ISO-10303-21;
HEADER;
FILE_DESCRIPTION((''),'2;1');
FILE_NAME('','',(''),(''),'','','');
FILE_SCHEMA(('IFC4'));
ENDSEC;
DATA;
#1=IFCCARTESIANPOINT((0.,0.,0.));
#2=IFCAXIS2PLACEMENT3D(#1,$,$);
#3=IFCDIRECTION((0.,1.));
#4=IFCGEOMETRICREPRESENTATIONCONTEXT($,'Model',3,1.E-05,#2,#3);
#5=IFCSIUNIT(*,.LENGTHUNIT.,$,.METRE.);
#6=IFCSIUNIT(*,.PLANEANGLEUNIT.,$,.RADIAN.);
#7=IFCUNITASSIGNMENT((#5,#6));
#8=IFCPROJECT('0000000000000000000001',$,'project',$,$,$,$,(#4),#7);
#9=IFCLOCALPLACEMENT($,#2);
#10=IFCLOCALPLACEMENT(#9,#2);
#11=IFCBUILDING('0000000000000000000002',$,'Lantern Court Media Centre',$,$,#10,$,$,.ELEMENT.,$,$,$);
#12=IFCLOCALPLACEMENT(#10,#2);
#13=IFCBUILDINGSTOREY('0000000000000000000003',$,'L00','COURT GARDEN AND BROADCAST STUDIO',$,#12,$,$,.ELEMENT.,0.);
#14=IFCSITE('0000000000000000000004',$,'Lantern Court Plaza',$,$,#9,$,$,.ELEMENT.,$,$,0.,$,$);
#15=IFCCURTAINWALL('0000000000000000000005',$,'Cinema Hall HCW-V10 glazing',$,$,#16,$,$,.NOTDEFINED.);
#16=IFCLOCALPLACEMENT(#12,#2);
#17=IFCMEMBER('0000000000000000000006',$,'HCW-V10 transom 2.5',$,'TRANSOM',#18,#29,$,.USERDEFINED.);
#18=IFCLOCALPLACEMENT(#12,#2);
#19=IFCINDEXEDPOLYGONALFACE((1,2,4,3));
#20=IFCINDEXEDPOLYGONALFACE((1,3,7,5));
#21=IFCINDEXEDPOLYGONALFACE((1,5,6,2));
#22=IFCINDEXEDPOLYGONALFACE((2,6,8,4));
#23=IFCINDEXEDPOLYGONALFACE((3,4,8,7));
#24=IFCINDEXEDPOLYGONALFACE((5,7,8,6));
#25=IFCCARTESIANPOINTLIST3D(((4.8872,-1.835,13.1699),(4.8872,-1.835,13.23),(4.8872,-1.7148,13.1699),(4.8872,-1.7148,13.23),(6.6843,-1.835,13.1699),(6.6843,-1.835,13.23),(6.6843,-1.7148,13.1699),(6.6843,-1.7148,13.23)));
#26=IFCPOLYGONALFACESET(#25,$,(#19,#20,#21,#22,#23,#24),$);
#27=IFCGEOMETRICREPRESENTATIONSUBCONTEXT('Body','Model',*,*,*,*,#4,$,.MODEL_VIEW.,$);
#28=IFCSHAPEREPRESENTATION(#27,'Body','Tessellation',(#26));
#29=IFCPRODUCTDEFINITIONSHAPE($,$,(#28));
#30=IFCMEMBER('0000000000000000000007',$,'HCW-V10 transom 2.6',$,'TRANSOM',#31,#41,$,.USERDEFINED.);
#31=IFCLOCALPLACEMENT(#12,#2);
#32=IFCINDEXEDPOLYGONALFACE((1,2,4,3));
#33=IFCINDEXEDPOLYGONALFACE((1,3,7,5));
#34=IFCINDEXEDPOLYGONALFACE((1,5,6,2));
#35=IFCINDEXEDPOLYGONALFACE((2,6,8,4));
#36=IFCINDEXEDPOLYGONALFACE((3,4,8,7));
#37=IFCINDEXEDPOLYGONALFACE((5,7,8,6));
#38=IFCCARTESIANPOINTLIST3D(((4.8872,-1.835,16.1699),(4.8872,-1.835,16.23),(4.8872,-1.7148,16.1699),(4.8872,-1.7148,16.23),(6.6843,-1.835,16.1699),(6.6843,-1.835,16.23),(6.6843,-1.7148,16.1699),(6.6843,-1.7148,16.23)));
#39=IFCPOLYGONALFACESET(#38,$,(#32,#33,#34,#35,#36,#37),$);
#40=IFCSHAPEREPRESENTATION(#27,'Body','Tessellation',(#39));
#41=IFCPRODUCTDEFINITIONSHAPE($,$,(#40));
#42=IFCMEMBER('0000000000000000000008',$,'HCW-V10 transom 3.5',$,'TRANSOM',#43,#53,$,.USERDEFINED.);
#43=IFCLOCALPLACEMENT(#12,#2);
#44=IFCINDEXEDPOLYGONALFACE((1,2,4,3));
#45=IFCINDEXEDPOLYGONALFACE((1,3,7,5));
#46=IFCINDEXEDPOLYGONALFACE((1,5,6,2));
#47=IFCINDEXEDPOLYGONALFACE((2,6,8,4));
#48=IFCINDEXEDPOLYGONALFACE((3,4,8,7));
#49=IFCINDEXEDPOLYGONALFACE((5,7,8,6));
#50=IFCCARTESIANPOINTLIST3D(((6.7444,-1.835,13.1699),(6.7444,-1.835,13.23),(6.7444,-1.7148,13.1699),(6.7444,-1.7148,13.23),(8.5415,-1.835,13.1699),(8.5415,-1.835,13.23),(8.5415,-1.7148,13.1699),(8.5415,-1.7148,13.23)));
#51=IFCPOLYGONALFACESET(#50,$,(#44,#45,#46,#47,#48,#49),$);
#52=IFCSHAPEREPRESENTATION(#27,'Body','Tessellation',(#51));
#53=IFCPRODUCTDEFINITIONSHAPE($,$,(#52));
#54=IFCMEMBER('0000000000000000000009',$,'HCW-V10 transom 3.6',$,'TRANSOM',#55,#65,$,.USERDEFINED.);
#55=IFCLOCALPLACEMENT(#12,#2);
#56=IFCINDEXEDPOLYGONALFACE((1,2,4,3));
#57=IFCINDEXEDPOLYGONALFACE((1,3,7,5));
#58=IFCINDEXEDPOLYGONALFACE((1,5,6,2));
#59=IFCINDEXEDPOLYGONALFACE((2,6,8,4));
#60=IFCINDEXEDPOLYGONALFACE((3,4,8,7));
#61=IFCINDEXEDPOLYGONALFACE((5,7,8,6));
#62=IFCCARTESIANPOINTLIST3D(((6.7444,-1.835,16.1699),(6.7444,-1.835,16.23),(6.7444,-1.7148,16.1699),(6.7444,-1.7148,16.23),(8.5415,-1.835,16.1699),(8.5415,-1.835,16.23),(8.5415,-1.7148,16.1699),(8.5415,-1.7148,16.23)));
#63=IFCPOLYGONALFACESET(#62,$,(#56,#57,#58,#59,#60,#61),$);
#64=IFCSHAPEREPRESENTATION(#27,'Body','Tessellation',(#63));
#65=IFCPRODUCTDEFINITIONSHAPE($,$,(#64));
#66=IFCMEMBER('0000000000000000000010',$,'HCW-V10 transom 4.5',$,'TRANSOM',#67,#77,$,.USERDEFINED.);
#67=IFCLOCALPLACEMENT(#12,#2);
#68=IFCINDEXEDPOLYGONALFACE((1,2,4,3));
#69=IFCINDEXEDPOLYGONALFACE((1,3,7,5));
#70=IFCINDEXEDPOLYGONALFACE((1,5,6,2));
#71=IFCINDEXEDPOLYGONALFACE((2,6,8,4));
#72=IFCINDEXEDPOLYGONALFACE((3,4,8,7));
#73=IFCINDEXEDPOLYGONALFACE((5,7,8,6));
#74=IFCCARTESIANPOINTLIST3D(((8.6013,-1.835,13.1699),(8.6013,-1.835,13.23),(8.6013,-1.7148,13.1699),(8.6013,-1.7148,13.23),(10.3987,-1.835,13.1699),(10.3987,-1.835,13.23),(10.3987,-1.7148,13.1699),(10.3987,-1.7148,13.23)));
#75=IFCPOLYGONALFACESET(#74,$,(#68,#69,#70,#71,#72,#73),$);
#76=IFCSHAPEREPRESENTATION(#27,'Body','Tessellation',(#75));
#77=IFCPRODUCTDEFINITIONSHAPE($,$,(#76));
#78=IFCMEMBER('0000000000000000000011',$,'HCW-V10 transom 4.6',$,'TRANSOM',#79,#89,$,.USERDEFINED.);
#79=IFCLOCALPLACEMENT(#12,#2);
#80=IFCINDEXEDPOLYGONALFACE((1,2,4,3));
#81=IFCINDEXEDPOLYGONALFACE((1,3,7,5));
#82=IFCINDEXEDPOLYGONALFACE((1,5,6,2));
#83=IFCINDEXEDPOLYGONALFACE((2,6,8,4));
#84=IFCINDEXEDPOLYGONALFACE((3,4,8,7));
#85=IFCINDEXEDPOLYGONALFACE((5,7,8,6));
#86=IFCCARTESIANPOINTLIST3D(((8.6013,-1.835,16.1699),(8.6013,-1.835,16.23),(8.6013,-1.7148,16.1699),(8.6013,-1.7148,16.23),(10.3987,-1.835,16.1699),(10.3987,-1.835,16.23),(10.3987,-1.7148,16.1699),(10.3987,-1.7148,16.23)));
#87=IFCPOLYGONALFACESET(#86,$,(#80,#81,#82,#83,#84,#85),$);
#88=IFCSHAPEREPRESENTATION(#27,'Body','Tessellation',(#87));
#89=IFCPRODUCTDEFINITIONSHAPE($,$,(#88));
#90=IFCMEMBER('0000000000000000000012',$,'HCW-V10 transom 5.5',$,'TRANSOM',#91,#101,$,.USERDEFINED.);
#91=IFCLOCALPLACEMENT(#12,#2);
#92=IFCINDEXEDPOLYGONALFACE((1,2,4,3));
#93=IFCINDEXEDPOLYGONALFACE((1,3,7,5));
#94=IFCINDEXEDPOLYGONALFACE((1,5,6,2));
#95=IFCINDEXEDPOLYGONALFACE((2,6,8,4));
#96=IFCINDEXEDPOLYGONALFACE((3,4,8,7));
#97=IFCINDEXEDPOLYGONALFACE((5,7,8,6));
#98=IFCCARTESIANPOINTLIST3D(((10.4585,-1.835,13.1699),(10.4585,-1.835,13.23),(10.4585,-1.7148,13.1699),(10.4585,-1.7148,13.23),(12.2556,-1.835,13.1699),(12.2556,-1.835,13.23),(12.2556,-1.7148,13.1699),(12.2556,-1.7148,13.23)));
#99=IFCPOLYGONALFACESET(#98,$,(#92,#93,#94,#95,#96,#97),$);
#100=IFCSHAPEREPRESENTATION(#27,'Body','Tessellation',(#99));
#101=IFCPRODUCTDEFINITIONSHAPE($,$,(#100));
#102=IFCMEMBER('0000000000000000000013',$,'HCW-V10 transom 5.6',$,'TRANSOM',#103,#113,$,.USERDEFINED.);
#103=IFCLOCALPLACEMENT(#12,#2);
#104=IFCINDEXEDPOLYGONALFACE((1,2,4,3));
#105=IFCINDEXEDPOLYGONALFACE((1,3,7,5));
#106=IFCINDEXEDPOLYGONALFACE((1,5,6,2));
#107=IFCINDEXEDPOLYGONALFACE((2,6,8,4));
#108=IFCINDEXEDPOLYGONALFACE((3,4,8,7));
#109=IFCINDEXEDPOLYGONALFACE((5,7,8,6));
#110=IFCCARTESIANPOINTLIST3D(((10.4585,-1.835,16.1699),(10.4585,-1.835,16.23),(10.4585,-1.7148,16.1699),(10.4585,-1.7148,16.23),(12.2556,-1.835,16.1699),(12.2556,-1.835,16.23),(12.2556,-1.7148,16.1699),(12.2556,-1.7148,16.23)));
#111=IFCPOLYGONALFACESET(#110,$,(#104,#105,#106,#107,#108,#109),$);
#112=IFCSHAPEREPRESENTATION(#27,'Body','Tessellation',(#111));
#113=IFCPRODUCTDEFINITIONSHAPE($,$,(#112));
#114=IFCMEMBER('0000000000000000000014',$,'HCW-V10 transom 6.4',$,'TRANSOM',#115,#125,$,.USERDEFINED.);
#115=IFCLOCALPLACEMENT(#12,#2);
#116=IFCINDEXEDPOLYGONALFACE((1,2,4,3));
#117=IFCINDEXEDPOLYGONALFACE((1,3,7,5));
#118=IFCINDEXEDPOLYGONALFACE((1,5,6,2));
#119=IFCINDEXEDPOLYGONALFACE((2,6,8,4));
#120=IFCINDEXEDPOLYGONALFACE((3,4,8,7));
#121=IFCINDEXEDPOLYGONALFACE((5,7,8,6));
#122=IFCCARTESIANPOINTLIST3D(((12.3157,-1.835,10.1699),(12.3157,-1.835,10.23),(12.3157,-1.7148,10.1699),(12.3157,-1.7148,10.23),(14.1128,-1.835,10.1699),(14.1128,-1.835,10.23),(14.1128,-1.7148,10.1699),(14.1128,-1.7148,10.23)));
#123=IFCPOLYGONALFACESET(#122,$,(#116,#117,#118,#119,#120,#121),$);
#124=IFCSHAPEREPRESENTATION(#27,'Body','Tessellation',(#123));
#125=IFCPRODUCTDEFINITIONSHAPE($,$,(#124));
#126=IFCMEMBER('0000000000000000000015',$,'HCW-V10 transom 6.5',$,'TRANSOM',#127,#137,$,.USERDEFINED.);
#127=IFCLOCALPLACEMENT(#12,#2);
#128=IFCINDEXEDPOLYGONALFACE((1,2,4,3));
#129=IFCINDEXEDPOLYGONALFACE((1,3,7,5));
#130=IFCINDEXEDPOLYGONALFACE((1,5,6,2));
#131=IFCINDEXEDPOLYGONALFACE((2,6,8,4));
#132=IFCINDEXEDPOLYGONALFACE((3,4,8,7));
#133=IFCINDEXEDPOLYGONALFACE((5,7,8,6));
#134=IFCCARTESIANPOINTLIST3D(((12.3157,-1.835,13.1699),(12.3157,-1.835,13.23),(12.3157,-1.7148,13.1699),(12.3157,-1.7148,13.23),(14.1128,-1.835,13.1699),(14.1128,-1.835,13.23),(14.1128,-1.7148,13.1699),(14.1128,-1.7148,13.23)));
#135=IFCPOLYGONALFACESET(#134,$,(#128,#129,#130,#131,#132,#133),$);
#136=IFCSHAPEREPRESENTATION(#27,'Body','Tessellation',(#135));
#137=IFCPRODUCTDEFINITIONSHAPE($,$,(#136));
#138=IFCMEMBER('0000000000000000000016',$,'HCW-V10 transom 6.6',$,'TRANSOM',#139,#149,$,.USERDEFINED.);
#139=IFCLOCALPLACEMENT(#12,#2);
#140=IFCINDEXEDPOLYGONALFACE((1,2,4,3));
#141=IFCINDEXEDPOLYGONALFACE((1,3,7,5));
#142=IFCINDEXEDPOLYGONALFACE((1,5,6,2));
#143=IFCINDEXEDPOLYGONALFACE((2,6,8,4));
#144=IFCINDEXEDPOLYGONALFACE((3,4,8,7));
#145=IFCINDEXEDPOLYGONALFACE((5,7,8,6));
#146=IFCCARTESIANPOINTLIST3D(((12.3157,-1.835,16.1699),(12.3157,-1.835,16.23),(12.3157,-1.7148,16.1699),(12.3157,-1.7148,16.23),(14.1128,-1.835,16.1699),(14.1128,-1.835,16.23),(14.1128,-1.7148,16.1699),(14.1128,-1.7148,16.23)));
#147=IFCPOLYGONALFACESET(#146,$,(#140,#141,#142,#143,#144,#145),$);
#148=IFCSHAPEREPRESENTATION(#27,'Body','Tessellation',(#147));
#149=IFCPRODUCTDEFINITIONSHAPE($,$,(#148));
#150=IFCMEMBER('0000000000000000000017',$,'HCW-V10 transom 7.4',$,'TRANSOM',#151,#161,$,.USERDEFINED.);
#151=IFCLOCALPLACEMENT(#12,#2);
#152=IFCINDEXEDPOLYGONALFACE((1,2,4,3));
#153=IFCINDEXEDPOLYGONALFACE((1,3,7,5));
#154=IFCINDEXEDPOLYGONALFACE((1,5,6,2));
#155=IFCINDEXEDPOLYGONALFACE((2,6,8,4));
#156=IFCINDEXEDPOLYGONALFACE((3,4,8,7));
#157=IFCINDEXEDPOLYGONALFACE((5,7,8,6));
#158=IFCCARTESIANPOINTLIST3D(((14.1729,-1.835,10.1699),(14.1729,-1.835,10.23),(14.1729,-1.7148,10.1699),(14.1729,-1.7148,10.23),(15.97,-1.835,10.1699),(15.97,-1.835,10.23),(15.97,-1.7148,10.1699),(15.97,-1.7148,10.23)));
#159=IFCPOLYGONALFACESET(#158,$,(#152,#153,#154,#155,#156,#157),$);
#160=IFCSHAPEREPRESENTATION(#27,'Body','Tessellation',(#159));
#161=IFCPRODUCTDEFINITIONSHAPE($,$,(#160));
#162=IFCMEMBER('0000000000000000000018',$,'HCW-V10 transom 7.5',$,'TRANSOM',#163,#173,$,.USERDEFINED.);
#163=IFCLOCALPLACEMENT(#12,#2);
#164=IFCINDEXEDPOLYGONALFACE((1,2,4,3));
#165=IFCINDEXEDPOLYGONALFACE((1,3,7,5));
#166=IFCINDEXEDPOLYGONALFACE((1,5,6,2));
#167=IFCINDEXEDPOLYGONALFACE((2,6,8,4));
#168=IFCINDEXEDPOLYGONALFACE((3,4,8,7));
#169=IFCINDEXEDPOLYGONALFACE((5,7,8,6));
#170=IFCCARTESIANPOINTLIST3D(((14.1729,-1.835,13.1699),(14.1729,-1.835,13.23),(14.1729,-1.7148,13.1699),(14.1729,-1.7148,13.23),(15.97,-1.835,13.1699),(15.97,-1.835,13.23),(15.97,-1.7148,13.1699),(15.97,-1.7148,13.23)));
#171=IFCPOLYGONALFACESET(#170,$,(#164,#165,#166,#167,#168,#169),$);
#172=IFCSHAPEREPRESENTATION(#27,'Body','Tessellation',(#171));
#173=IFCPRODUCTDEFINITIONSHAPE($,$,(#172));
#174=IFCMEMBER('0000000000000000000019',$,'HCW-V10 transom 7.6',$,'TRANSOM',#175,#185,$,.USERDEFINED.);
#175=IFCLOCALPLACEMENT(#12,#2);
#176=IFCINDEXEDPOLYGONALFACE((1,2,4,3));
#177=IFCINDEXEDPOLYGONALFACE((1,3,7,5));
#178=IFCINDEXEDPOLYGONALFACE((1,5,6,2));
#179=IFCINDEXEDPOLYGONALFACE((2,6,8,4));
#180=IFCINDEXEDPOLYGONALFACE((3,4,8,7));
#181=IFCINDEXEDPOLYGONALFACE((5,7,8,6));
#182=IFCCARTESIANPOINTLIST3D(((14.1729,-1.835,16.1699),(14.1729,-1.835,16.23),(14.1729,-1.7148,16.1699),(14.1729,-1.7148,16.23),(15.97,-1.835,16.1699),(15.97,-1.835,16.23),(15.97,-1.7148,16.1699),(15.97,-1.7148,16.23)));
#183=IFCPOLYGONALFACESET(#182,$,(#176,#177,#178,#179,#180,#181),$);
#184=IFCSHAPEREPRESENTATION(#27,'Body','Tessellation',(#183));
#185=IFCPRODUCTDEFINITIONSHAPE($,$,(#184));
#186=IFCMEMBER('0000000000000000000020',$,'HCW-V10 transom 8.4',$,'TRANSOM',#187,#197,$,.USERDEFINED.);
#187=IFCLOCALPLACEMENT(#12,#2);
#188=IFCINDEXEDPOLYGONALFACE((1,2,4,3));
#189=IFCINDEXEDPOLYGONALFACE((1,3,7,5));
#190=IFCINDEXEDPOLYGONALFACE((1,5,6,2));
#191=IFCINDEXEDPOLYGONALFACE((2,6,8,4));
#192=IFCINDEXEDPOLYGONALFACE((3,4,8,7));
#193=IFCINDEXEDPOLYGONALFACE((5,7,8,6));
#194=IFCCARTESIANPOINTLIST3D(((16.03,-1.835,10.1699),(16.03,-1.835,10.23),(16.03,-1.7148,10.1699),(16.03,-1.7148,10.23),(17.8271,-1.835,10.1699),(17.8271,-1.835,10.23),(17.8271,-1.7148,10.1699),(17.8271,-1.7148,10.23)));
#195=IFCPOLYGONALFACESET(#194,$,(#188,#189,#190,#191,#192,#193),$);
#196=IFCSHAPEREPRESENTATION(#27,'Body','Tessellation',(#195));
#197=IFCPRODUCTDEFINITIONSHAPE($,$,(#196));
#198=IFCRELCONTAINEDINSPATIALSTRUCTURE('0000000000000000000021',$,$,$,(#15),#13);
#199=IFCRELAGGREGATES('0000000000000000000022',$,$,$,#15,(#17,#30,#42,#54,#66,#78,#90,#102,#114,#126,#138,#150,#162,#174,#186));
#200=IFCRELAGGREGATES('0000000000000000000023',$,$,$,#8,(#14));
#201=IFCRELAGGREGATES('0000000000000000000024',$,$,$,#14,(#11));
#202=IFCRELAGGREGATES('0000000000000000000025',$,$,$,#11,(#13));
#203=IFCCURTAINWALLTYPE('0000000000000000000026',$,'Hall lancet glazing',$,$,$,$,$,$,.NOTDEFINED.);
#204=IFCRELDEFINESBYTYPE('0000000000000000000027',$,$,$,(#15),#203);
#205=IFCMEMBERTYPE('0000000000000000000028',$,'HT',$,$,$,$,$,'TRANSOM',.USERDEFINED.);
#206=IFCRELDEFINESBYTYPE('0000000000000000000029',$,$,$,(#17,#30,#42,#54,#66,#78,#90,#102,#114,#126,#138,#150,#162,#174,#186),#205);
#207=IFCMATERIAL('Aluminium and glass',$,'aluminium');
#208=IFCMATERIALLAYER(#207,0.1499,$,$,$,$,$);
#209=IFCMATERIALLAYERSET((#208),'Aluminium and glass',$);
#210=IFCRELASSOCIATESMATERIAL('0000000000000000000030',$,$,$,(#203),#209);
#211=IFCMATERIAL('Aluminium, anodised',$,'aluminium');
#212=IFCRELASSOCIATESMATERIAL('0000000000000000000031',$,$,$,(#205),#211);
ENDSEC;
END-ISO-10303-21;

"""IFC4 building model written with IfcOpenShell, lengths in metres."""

from ifc_helpers import new_model, si_unit, direction, frame, origin, origin_2d, place, context, subcontext, project, spatial, rectangle, extrude, material, layer, layer_set, material_profile, profile_set, type_object, element, aggregate, save


model = new_model("IFC4")

# Units and contexts
model_context = context("Model", 3, precision=1e-05, world=origin(), true_north=direction((0.0, 1.0)))
body_context = subcontext(model_context, "Body", "Model", "MODEL_VIEW")
ifc_project = project(units=[si_unit("LENGTHUNIT", "METRE"), si_unit("PLANEANGLEUNIT", "RADIAN")], contexts=[model_context])

# Site, building, storey
site_placement = place(None, origin())
site = spatial("IfcSite", under=ifc_project, at=site_placement, Name="Lantern Court Plaza", CompositionType="ELEMENT", RefElevation=0.0)
building_placement = place(site_placement, origin())
building = spatial("IfcBuilding", under=site, at=building_placement, Name="Lantern Court Media Centre", CompositionType="ELEMENT")
storey_placement = place(building_placement, origin())
storey = spatial("IfcBuildingStorey", under=building, at=storey_placement, Name="L00", Description="COURT GARDEN AND BROADCAST STUDIO", CompositionType="ELEMENT", Elevation=0.0)

# Curtain wall, members
ifc_material_1 = material(Name="Aluminium and glass", Category="aluminium")
ifc_layer_1 = layer(ifc_material_1, 0.1499)
ifc_layer_set_1 = layer_set([ifc_layer_1], Name="Aluminium and glass")
curtain_wall_type = type_object("IfcCurtainWallType", Name="Hall lancet glazing", PredefinedType="NOTDEFINED", material=ifc_layer_set_1)
curtain_wall_placement = place(storey_placement, origin())
curtain_wall = element("IfcCurtainWall", 1, at=curtain_wall_placement, inside=storey, type_object=curtain_wall_type, Name="Cinema Hall HCW-V10 glazing", PredefinedType="NOTDEFINED")
ifc_material_2 = material(Name="Aluminium, anodised", Category="aluminium")
ifc_material_profile = material_profile(ifc_material_2, rectangle(XDim=0.1201, YDim=0.0601, at=origin_2d()), Name="HT")
ifc_profile_set = profile_set([ifc_material_profile], Name="Aluminium, anodised")
member_type = type_object("IfcMemberType", Name="HT", ElementType="TRANSOM", PredefinedType="USERDEFINED", material=ifc_profile_set)
member_1_placement = place(storey_placement, frame((4.8872, -1.7749, 13.2), z_axis=(1.0, 0.0, 0.0), x_axis=(0.0, 1.0, 0.0)))
member_1 = element("IfcMember", 2, at=member_1_placement, type_object=member_type, Name="HCW-V10 transom 2.5", ObjectType="TRANSOM", PredefinedType="USERDEFINED", context=body_context, shape_type="SweptSolid", body=[
    extrude(rectangle(XDim=0.1201, YDim=0.0601, at=origin_2d()), origin(), (0.0, 0.0, 1.0), 1.7971),
])
member_2_placement = place(storey_placement, frame((4.8872, -1.7749, 16.2), z_axis=(1.0, 0.0, 0.0), x_axis=(0.0, 1.0, 0.0)))
member_2 = element("IfcMember", 3, at=member_2_placement, type_object=member_type, Name="HCW-V10 transom 2.6", ObjectType="TRANSOM", PredefinedType="USERDEFINED", context=body_context, shape_type="SweptSolid", body=[
    extrude(rectangle(XDim=0.1201, YDim=0.0601, at=origin_2d()), origin(), (0.0, 0.0, 1.0), 1.7971),
])
member_3_placement = place(storey_placement, frame((6.7444, -1.7749, 13.2), z_axis=(1.0, 0.0, 0.0), x_axis=(0.0, 1.0, 0.0)))
member_3 = element("IfcMember", 4, at=member_3_placement, type_object=member_type, Name="HCW-V10 transom 3.5", ObjectType="TRANSOM", PredefinedType="USERDEFINED", context=body_context, shape_type="SweptSolid", body=[
    extrude(rectangle(XDim=0.1201, YDim=0.0601, at=origin_2d()), origin(), (0.0, 0.0, 1.0), 1.7971),
])
member_4_placement = place(storey_placement, frame((6.7444, -1.7749, 16.2), z_axis=(1.0, 0.0, 0.0), x_axis=(0.0, 1.0, 0.0)))
member_4 = element("IfcMember", 5, at=member_4_placement, type_object=member_type, Name="HCW-V10 transom 3.6", ObjectType="TRANSOM", PredefinedType="USERDEFINED", context=body_context, shape_type="SweptSolid", body=[
    extrude(rectangle(XDim=0.1201, YDim=0.0601, at=origin_2d()), origin(), (0.0, 0.0, 1.0), 1.7971),
])
member_5_placement = place(storey_placement, frame((8.6013, -1.7749, 13.2), z_axis=(1.0, 0.0, 0.0), x_axis=(0.0, 1.0, 0.0)))
member_5 = element("IfcMember", 6, at=member_5_placement, type_object=member_type, Name="HCW-V10 transom 4.5", ObjectType="TRANSOM", PredefinedType="USERDEFINED", context=body_context, shape_type="SweptSolid", body=[
    extrude(rectangle(XDim=0.1201, YDim=0.0601, at=origin_2d()), origin(), (0.0, 0.0, 1.0), 1.7974),
])
member_6_placement = place(storey_placement, frame((8.6013, -1.7749, 16.2), z_axis=(1.0, 0.0, 0.0), x_axis=(0.0, 1.0, 0.0)))
member_6 = element("IfcMember", 7, at=member_6_placement, type_object=member_type, Name="HCW-V10 transom 4.6", ObjectType="TRANSOM", PredefinedType="USERDEFINED", context=body_context, shape_type="SweptSolid", body=[
    extrude(rectangle(XDim=0.1201, YDim=0.0601, at=origin_2d()), origin(), (0.0, 0.0, 1.0), 1.7974),
])
member_7_placement = place(storey_placement, frame((10.4585, -1.7749, 13.2), z_axis=(1.0, 0.0, 0.0), x_axis=(0.0, 1.0, 0.0)))
member_7 = element("IfcMember", 8, at=member_7_placement, type_object=member_type, Name="HCW-V10 transom 5.5", ObjectType="TRANSOM", PredefinedType="USERDEFINED", context=body_context, shape_type="SweptSolid", body=[
    extrude(rectangle(XDim=0.1201, YDim=0.0601, at=origin_2d()), origin(), (0.0, 0.0, 1.0), 1.7971),
])
member_8_placement = place(storey_placement, frame((10.4585, -1.7749, 16.2), z_axis=(1.0, 0.0, 0.0), x_axis=(0.0, 1.0, 0.0)))
member_8 = element("IfcMember", 9, at=member_8_placement, type_object=member_type, Name="HCW-V10 transom 5.6", ObjectType="TRANSOM", PredefinedType="USERDEFINED", context=body_context, shape_type="SweptSolid", body=[
    extrude(rectangle(XDim=0.1201, YDim=0.0601, at=origin_2d()), origin(), (0.0, 0.0, 1.0), 1.7971),
])
member_9_placement = place(storey_placement, frame((12.3157, -1.7749, 10.2), z_axis=(1.0, 0.0, 0.0), x_axis=(0.0, 1.0, 0.0)))
member_9 = element("IfcMember", 10, at=member_9_placement, type_object=member_type, Name="HCW-V10 transom 6.4", ObjectType="TRANSOM", PredefinedType="USERDEFINED", context=body_context, shape_type="SweptSolid", body=[
    extrude(rectangle(XDim=0.1201, YDim=0.0601, at=origin_2d()), origin(), (0.0, 0.0, 1.0), 1.7971),
])
member_10_placement = place(storey_placement, frame((12.3157, -1.7749, 13.2), z_axis=(1.0, 0.0, 0.0), x_axis=(0.0, 1.0, 0.0)))
member_10 = element("IfcMember", 11, at=member_10_placement, type_object=member_type, Name="HCW-V10 transom 6.5", ObjectType="TRANSOM", PredefinedType="USERDEFINED", context=body_context, shape_type="SweptSolid", body=[
    extrude(rectangle(XDim=0.1201, YDim=0.0601, at=origin_2d()), origin(), (0.0, 0.0, 1.0), 1.7971),
])
member_11_placement = place(storey_placement, frame((12.3157, -1.7749, 16.2), z_axis=(1.0, 0.0, 0.0), x_axis=(0.0, 1.0, 0.0)))
member_11 = element("IfcMember", 12, at=member_11_placement, type_object=member_type, Name="HCW-V10 transom 6.6", ObjectType="TRANSOM", PredefinedType="USERDEFINED", context=body_context, shape_type="SweptSolid", body=[
    extrude(rectangle(XDim=0.1201, YDim=0.0601, at=origin_2d()), origin(), (0.0, 0.0, 1.0), 1.7971),
])
member_12_placement = place(storey_placement, frame((14.1729, -1.7749, 10.2), z_axis=(1.0, 0.0, 0.0), x_axis=(0.0, 1.0, 0.0)))
member_12 = element("IfcMember", 13, at=member_12_placement, type_object=member_type, Name="HCW-V10 transom 7.4", ObjectType="TRANSOM", PredefinedType="USERDEFINED", context=body_context, shape_type="SweptSolid", body=[
    extrude(rectangle(XDim=0.1201, YDim=0.0601, at=origin_2d()), origin(), (0.0, 0.0, 1.0), 1.7971),
])
member_13_placement = place(storey_placement, frame((14.1729, -1.7749, 13.2), z_axis=(1.0, 0.0, 0.0), x_axis=(0.0, 1.0, 0.0)))
member_13 = element("IfcMember", 14, at=member_13_placement, type_object=member_type, Name="HCW-V10 transom 7.5", ObjectType="TRANSOM", PredefinedType="USERDEFINED", context=body_context, shape_type="SweptSolid", body=[
    extrude(rectangle(XDim=0.1201, YDim=0.0601, at=origin_2d()), origin(), (0.0, 0.0, 1.0), 1.7971),
])
member_14_placement = place(storey_placement, frame((14.1729, -1.7749, 16.2), z_axis=(1.0, 0.0, 0.0), x_axis=(0.0, 1.0, 0.0)))
member_14 = element("IfcMember", 15, at=member_14_placement, type_object=member_type, Name="HCW-V10 transom 7.6", ObjectType="TRANSOM", PredefinedType="USERDEFINED", context=body_context, shape_type="SweptSolid", body=[
    extrude(rectangle(XDim=0.1201, YDim=0.0601, at=origin_2d()), origin(), (0.0, 0.0, 1.0), 1.7971),
])
member_15_placement = place(storey_placement, frame((16.03, -1.7749, 10.2), z_axis=(1.0, 0.0, 0.0), x_axis=(0.0, 1.0, 0.0)))
member_15 = element("IfcMember", 16, at=member_15_placement, type_object=member_type, Name="HCW-V10 transom 8.4", ObjectType="TRANSOM", PredefinedType="USERDEFINED", context=body_context, shape_type="SweptSolid", body=[
    extrude(rectangle(XDim=0.1201, YDim=0.0601, at=origin_2d()), origin(), (0.0, 0.0, 1.0), 1.7971),
])
aggregate(curtain_wall, [member_1, member_2, member_3, member_4, member_5, member_6, member_7, member_8, member_9, member_10, member_11, member_12, member_13, member_14, member_15])

save(model, "model.ifc")
